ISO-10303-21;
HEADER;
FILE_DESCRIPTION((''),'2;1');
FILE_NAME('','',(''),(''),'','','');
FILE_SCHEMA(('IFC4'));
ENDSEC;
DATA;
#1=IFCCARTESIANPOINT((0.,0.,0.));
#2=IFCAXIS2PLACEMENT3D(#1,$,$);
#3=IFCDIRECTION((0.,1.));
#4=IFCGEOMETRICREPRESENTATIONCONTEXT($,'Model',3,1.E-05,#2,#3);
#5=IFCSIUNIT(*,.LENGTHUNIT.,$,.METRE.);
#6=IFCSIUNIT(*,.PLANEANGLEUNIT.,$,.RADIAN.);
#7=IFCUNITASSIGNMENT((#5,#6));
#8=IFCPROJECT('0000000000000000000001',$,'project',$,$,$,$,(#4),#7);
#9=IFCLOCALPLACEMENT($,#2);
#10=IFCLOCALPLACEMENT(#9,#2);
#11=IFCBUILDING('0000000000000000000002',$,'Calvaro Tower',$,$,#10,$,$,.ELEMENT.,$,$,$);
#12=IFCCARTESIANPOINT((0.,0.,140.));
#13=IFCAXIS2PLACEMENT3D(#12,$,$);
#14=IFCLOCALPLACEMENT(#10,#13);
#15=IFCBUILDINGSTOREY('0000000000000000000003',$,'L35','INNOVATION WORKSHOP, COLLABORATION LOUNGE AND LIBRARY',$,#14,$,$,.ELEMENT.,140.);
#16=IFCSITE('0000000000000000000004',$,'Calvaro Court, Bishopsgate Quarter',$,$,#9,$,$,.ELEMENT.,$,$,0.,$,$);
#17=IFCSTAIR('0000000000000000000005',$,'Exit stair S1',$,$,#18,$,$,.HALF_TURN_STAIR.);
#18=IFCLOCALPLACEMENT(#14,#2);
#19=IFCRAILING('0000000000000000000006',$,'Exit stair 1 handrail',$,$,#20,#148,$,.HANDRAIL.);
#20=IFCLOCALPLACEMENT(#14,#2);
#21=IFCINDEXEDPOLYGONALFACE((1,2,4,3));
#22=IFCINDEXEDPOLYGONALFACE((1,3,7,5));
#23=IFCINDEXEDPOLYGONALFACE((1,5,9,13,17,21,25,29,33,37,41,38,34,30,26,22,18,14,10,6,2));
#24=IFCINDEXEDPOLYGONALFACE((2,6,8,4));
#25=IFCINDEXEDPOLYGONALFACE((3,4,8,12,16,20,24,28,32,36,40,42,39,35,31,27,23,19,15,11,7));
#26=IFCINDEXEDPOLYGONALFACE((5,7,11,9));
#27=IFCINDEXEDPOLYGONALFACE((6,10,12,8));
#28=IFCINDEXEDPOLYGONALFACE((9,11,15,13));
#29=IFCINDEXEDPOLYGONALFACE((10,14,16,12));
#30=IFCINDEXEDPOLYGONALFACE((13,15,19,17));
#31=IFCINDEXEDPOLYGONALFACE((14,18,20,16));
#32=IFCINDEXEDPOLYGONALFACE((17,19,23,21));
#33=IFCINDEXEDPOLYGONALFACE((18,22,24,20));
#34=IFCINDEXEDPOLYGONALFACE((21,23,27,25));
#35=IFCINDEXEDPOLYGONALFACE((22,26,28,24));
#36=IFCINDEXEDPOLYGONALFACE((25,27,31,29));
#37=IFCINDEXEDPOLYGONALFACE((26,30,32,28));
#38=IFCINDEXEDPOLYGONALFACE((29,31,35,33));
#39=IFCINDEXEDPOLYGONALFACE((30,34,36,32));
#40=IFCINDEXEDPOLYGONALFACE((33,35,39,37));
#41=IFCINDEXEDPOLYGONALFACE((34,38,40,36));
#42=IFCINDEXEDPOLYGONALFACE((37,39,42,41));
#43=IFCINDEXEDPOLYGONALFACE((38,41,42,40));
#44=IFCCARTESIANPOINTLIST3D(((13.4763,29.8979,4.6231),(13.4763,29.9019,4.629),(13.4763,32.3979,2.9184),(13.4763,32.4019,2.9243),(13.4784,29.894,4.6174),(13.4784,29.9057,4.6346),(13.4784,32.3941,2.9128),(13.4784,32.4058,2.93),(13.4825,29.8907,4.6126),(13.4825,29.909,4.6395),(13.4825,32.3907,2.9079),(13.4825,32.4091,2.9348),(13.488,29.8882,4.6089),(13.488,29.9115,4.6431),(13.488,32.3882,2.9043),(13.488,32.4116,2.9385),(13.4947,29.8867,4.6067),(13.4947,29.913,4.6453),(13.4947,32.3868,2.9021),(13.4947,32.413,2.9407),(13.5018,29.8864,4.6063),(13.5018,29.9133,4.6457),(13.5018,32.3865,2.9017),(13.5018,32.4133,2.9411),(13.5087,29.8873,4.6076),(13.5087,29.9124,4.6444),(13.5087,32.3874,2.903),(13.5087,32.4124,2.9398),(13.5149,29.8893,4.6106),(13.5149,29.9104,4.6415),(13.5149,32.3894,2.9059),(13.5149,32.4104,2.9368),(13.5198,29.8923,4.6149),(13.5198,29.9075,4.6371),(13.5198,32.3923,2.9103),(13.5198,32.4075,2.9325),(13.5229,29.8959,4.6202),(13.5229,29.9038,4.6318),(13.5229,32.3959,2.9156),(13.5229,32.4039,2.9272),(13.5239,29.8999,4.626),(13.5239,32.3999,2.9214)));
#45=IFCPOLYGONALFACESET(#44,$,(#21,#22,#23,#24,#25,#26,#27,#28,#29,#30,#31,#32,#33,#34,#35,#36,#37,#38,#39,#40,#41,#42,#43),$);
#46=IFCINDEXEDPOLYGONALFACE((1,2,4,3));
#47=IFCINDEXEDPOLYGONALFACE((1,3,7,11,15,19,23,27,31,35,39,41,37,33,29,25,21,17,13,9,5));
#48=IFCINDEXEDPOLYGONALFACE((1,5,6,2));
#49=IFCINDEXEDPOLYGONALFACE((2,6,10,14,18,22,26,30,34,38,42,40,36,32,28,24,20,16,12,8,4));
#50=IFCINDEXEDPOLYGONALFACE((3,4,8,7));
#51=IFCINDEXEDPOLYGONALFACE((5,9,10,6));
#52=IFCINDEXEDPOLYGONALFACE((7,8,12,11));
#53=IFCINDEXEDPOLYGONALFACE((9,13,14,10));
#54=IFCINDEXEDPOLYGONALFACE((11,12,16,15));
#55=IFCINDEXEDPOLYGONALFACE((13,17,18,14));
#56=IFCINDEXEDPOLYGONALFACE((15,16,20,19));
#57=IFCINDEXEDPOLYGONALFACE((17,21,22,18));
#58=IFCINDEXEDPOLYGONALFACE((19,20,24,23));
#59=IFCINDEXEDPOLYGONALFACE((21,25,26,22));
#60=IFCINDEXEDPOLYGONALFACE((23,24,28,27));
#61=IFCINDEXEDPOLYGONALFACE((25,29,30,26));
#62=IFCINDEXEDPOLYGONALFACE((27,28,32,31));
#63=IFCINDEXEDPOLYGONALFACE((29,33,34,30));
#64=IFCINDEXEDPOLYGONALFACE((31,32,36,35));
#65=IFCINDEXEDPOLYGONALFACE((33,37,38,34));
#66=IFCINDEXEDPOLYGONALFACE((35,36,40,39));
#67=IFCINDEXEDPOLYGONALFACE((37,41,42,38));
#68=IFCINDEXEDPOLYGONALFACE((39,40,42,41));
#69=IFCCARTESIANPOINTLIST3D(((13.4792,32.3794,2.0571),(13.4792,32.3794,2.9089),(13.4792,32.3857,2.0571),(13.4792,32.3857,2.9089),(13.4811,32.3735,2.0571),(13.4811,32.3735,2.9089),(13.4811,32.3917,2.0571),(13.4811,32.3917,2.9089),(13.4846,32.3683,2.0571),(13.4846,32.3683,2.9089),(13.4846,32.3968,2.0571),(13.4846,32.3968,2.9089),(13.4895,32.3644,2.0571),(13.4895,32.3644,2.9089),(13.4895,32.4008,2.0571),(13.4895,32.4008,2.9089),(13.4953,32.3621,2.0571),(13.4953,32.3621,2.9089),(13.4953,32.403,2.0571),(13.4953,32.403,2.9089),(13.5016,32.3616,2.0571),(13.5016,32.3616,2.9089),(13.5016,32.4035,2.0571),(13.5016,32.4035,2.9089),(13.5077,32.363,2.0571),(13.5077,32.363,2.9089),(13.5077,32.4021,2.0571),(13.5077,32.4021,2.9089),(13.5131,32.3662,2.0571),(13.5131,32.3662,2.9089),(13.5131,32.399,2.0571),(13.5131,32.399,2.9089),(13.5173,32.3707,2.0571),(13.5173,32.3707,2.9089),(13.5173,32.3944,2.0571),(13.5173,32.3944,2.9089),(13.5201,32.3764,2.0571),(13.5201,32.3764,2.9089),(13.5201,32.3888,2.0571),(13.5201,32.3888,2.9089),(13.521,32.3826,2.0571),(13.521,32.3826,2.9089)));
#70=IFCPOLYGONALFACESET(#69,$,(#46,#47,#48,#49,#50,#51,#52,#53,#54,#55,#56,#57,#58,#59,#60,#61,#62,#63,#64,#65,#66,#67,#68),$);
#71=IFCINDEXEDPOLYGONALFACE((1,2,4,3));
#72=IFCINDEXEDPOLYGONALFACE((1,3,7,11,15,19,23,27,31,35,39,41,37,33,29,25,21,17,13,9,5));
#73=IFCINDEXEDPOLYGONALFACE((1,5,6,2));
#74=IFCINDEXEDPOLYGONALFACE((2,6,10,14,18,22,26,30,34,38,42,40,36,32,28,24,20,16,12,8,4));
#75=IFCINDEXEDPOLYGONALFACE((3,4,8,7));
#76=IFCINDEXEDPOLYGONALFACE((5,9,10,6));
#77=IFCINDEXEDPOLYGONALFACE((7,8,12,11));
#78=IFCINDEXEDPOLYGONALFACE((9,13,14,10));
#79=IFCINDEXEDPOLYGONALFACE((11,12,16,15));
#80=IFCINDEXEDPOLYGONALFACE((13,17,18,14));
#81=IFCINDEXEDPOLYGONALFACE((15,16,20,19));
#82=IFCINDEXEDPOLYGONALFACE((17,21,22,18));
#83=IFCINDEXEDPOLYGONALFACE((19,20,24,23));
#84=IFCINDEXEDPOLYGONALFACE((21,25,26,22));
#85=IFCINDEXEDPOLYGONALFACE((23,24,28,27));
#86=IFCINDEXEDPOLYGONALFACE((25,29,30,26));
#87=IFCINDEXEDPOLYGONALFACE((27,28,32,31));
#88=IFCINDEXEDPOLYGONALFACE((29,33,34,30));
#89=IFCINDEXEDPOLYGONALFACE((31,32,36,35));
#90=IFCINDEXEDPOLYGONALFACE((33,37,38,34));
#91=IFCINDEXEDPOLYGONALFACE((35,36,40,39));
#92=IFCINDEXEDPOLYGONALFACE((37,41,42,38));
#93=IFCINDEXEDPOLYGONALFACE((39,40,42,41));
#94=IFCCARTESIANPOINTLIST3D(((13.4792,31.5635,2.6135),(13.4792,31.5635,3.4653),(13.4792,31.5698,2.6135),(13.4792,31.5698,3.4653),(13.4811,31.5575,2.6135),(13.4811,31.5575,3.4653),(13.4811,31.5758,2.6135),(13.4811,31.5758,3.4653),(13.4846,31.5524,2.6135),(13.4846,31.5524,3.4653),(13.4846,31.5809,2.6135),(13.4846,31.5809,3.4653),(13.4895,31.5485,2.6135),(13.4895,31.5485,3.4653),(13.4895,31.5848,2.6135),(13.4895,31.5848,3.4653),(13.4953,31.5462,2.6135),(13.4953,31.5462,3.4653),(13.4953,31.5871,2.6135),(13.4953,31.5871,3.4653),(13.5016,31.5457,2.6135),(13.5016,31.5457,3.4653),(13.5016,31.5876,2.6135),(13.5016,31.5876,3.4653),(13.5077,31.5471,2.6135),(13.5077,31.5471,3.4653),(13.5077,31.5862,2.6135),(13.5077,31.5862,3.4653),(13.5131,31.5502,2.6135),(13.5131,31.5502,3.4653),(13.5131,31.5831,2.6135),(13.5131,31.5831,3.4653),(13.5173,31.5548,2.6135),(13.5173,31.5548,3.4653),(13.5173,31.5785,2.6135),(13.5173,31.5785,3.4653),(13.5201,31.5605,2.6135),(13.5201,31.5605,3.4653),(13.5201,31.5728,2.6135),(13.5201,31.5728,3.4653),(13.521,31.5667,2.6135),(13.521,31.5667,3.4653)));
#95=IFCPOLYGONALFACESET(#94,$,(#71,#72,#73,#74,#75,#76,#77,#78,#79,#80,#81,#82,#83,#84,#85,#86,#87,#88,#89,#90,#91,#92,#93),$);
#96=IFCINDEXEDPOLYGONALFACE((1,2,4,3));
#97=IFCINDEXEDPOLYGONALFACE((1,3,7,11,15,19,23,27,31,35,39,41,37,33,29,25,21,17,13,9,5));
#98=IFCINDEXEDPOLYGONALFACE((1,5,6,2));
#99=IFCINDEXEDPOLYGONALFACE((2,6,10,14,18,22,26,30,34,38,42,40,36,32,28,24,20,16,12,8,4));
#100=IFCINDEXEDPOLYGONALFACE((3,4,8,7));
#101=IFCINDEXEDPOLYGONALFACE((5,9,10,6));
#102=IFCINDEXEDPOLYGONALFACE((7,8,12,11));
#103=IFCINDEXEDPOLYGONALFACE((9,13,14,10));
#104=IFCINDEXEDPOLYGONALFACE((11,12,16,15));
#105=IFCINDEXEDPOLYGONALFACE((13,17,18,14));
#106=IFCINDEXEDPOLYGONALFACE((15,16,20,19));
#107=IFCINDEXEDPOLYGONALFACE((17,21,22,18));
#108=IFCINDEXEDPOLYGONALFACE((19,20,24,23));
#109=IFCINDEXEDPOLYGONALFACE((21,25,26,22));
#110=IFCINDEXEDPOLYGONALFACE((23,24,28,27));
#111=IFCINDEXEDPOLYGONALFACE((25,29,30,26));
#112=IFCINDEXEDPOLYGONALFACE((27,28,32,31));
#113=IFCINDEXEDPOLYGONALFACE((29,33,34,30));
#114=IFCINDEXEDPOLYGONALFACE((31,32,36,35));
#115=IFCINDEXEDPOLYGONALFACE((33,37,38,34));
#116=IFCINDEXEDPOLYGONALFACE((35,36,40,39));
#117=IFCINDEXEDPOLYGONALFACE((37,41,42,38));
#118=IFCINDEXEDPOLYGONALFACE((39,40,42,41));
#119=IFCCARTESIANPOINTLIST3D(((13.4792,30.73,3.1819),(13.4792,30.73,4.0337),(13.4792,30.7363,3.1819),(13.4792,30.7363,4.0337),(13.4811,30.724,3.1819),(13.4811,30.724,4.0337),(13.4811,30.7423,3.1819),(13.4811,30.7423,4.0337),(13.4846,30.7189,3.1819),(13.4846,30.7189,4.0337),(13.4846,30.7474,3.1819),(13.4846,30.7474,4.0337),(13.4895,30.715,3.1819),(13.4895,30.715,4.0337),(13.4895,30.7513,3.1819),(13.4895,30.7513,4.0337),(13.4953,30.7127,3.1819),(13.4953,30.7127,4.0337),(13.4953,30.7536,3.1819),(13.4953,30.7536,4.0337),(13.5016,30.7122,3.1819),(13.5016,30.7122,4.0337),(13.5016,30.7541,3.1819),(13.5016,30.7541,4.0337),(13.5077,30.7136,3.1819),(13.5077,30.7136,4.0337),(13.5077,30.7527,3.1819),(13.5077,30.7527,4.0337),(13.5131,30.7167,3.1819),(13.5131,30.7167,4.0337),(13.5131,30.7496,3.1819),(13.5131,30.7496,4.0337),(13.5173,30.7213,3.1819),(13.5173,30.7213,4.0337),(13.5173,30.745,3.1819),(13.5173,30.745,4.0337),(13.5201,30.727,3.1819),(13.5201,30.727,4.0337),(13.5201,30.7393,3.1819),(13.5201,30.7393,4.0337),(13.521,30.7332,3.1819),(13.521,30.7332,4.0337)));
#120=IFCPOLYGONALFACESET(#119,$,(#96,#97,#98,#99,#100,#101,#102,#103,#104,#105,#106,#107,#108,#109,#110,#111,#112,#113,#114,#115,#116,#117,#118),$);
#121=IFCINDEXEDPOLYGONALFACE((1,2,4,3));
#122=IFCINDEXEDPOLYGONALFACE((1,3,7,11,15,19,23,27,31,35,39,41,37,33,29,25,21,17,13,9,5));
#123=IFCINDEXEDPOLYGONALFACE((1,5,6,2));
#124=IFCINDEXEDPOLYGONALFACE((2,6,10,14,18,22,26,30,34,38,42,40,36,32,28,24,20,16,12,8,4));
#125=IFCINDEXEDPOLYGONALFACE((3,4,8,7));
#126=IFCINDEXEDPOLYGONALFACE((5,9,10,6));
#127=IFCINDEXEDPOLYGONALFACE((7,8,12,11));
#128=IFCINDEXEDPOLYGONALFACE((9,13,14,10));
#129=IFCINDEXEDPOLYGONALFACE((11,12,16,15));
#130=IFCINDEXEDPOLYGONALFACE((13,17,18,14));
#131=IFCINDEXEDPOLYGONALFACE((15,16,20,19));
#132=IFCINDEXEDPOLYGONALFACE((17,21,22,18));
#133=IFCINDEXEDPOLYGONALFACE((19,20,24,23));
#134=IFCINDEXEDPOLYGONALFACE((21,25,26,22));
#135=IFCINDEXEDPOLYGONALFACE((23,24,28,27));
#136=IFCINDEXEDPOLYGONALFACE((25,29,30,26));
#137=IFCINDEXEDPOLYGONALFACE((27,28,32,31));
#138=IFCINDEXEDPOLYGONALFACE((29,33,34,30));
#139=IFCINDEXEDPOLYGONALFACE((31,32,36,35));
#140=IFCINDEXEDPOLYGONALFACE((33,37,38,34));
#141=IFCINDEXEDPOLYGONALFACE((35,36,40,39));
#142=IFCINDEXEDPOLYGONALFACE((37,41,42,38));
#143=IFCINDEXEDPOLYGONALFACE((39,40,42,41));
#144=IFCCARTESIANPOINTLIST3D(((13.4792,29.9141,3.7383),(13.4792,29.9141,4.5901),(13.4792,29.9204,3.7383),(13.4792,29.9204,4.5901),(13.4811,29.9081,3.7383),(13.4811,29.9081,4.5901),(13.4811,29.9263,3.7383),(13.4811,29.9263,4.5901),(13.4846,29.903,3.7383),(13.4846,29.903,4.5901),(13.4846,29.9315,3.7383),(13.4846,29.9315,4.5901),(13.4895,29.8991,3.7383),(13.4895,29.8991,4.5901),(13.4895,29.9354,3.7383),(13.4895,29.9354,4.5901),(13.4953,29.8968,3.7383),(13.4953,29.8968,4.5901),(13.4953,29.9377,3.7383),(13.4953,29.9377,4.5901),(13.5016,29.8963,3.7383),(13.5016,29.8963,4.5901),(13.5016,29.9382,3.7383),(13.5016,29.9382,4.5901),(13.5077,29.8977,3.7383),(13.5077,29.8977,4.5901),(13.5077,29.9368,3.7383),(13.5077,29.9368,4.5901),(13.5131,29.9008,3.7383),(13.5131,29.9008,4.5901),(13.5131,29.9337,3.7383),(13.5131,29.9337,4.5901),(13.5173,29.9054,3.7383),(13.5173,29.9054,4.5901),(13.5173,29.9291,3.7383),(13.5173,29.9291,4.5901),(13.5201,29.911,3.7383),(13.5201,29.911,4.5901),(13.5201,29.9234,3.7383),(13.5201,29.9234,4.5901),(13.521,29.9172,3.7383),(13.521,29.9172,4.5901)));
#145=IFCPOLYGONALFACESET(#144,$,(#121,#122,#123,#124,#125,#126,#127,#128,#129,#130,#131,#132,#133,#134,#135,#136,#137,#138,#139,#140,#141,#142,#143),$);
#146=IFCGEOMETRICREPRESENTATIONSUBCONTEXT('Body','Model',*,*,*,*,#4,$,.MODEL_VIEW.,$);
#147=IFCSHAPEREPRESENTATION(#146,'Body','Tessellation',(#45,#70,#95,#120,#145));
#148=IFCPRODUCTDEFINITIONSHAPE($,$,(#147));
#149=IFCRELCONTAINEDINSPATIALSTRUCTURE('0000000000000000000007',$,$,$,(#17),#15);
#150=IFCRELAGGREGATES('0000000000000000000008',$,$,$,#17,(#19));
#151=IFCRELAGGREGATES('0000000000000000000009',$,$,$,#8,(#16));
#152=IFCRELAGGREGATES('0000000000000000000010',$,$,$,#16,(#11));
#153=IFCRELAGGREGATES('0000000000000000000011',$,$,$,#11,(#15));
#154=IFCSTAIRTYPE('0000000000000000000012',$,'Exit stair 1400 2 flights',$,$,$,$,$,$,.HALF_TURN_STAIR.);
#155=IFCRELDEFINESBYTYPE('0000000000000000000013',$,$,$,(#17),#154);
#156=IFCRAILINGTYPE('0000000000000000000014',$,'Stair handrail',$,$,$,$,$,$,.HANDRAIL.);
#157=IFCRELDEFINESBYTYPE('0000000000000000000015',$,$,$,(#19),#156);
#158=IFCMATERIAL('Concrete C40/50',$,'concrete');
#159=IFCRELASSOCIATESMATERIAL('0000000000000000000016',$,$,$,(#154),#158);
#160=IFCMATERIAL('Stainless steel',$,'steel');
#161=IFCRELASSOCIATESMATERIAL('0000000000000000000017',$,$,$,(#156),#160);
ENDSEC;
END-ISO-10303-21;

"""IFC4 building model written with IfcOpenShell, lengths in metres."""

from ifc_helpers import new_model, si_unit, direction, frame, origin, origin_2d, place, context, subcontext, project, spatial, circle, extrude, material, type_object, element, aggregate, save


model = new_model("IFC4")

# Units and contexts
model_context = context("Model", 3, precision=1e-05, world=origin(), true_north=direction((0.0, 1.0)))
body_context = subcontext(model_context, "Body", "Model", "MODEL_VIEW")
ifc_project = project(units=[si_unit("LENGTHUNIT", "METRE"), si_unit("PLANEANGLEUNIT", "RADIAN")], contexts=[model_context])

# Site, building, storey
site_placement = place(None, origin())
site = spatial("IfcSite", under=ifc_project, at=site_placement, Name="Calvaro Court, Bishopsgate Quarter", CompositionType="ELEMENT", RefElevation=0.0)
building_placement = place(site_placement, origin())
building = spatial("IfcBuilding", under=site, at=building_placement, Name="Calvaro Tower", CompositionType="ELEMENT")
storey_placement = place(building_placement, frame((0.0, 0.0, 140.0)))
storey = spatial("IfcBuildingStorey", under=building, at=storey_placement, Name="L35", Description="INNOVATION WORKSHOP, COLLABORATION LOUNGE AND LIBRARY", CompositionType="ELEMENT", Elevation=140.0)

# Shared definitions
ifc_material_1 = material(Name="Concrete C40/50", Category="concrete")
stair_type = type_object("IfcStairType", Name="Exit stair 1400 2 flights", PredefinedType="HALF_TURN_STAIR", material=ifc_material_1)

# Stair, railing
stair_1_placement = place(storey_placement, origin())
stair_1 = element("IfcStair", 1, at=stair_1_placement, inside=storey, type_object=stair_type, Name="Exit stair S1", PredefinedType="HALF_TURN_STAIR")
ifc_material_2 = material(Name="Stainless steel", Category="steel")
railing_type = type_object("IfcRailingType", Name="Stair handrail", PredefinedType="HANDRAIL", material=ifc_material_2)
railing_1_placement = place(storey_placement, frame((13.5, 32.3999, 2.0454)))
railing_1 = element("IfcRailing", 2, at=railing_1_placement, type_object=railing_type, Name="Exit stair 1 handrail", PredefinedType="HANDRAIL", context=body_context, shape_type="SweptSolid", body=[
    extrude(circle(Radius=0.0239, at=origin_2d()), frame((0.0, 0.0, 0.876), z_axis=(0.0, -0.826221, 0.563347), x_axis=(1.0, 0.0, 0.0)), (0.0, 0.0, 1.0), 3.0259),
    extrude(circle(Radius=0.021, at=origin_2d()), frame((0.0, -0.0173, 0.0117)), (0.0, 0.0, 1.0), 0.8518),
    extrude(circle(Radius=0.021, at=origin_2d()), frame((0.0, -0.8333, 0.5681)), (0.0, 0.0, 1.0), 0.8518),
    extrude(circle(Radius=0.021, at=origin_2d()), frame((0.0, -1.6667, 1.1365)), (0.0, 0.0, 1.0), 0.8518),
    extrude(circle(Radius=0.021, at=origin_2d()), frame((0.0, -2.4827, 1.6929)), (0.0, 0.0, 1.0), 0.8518),
])
aggregate(stair_1, [railing_1])

save(model, "model.ifc")
